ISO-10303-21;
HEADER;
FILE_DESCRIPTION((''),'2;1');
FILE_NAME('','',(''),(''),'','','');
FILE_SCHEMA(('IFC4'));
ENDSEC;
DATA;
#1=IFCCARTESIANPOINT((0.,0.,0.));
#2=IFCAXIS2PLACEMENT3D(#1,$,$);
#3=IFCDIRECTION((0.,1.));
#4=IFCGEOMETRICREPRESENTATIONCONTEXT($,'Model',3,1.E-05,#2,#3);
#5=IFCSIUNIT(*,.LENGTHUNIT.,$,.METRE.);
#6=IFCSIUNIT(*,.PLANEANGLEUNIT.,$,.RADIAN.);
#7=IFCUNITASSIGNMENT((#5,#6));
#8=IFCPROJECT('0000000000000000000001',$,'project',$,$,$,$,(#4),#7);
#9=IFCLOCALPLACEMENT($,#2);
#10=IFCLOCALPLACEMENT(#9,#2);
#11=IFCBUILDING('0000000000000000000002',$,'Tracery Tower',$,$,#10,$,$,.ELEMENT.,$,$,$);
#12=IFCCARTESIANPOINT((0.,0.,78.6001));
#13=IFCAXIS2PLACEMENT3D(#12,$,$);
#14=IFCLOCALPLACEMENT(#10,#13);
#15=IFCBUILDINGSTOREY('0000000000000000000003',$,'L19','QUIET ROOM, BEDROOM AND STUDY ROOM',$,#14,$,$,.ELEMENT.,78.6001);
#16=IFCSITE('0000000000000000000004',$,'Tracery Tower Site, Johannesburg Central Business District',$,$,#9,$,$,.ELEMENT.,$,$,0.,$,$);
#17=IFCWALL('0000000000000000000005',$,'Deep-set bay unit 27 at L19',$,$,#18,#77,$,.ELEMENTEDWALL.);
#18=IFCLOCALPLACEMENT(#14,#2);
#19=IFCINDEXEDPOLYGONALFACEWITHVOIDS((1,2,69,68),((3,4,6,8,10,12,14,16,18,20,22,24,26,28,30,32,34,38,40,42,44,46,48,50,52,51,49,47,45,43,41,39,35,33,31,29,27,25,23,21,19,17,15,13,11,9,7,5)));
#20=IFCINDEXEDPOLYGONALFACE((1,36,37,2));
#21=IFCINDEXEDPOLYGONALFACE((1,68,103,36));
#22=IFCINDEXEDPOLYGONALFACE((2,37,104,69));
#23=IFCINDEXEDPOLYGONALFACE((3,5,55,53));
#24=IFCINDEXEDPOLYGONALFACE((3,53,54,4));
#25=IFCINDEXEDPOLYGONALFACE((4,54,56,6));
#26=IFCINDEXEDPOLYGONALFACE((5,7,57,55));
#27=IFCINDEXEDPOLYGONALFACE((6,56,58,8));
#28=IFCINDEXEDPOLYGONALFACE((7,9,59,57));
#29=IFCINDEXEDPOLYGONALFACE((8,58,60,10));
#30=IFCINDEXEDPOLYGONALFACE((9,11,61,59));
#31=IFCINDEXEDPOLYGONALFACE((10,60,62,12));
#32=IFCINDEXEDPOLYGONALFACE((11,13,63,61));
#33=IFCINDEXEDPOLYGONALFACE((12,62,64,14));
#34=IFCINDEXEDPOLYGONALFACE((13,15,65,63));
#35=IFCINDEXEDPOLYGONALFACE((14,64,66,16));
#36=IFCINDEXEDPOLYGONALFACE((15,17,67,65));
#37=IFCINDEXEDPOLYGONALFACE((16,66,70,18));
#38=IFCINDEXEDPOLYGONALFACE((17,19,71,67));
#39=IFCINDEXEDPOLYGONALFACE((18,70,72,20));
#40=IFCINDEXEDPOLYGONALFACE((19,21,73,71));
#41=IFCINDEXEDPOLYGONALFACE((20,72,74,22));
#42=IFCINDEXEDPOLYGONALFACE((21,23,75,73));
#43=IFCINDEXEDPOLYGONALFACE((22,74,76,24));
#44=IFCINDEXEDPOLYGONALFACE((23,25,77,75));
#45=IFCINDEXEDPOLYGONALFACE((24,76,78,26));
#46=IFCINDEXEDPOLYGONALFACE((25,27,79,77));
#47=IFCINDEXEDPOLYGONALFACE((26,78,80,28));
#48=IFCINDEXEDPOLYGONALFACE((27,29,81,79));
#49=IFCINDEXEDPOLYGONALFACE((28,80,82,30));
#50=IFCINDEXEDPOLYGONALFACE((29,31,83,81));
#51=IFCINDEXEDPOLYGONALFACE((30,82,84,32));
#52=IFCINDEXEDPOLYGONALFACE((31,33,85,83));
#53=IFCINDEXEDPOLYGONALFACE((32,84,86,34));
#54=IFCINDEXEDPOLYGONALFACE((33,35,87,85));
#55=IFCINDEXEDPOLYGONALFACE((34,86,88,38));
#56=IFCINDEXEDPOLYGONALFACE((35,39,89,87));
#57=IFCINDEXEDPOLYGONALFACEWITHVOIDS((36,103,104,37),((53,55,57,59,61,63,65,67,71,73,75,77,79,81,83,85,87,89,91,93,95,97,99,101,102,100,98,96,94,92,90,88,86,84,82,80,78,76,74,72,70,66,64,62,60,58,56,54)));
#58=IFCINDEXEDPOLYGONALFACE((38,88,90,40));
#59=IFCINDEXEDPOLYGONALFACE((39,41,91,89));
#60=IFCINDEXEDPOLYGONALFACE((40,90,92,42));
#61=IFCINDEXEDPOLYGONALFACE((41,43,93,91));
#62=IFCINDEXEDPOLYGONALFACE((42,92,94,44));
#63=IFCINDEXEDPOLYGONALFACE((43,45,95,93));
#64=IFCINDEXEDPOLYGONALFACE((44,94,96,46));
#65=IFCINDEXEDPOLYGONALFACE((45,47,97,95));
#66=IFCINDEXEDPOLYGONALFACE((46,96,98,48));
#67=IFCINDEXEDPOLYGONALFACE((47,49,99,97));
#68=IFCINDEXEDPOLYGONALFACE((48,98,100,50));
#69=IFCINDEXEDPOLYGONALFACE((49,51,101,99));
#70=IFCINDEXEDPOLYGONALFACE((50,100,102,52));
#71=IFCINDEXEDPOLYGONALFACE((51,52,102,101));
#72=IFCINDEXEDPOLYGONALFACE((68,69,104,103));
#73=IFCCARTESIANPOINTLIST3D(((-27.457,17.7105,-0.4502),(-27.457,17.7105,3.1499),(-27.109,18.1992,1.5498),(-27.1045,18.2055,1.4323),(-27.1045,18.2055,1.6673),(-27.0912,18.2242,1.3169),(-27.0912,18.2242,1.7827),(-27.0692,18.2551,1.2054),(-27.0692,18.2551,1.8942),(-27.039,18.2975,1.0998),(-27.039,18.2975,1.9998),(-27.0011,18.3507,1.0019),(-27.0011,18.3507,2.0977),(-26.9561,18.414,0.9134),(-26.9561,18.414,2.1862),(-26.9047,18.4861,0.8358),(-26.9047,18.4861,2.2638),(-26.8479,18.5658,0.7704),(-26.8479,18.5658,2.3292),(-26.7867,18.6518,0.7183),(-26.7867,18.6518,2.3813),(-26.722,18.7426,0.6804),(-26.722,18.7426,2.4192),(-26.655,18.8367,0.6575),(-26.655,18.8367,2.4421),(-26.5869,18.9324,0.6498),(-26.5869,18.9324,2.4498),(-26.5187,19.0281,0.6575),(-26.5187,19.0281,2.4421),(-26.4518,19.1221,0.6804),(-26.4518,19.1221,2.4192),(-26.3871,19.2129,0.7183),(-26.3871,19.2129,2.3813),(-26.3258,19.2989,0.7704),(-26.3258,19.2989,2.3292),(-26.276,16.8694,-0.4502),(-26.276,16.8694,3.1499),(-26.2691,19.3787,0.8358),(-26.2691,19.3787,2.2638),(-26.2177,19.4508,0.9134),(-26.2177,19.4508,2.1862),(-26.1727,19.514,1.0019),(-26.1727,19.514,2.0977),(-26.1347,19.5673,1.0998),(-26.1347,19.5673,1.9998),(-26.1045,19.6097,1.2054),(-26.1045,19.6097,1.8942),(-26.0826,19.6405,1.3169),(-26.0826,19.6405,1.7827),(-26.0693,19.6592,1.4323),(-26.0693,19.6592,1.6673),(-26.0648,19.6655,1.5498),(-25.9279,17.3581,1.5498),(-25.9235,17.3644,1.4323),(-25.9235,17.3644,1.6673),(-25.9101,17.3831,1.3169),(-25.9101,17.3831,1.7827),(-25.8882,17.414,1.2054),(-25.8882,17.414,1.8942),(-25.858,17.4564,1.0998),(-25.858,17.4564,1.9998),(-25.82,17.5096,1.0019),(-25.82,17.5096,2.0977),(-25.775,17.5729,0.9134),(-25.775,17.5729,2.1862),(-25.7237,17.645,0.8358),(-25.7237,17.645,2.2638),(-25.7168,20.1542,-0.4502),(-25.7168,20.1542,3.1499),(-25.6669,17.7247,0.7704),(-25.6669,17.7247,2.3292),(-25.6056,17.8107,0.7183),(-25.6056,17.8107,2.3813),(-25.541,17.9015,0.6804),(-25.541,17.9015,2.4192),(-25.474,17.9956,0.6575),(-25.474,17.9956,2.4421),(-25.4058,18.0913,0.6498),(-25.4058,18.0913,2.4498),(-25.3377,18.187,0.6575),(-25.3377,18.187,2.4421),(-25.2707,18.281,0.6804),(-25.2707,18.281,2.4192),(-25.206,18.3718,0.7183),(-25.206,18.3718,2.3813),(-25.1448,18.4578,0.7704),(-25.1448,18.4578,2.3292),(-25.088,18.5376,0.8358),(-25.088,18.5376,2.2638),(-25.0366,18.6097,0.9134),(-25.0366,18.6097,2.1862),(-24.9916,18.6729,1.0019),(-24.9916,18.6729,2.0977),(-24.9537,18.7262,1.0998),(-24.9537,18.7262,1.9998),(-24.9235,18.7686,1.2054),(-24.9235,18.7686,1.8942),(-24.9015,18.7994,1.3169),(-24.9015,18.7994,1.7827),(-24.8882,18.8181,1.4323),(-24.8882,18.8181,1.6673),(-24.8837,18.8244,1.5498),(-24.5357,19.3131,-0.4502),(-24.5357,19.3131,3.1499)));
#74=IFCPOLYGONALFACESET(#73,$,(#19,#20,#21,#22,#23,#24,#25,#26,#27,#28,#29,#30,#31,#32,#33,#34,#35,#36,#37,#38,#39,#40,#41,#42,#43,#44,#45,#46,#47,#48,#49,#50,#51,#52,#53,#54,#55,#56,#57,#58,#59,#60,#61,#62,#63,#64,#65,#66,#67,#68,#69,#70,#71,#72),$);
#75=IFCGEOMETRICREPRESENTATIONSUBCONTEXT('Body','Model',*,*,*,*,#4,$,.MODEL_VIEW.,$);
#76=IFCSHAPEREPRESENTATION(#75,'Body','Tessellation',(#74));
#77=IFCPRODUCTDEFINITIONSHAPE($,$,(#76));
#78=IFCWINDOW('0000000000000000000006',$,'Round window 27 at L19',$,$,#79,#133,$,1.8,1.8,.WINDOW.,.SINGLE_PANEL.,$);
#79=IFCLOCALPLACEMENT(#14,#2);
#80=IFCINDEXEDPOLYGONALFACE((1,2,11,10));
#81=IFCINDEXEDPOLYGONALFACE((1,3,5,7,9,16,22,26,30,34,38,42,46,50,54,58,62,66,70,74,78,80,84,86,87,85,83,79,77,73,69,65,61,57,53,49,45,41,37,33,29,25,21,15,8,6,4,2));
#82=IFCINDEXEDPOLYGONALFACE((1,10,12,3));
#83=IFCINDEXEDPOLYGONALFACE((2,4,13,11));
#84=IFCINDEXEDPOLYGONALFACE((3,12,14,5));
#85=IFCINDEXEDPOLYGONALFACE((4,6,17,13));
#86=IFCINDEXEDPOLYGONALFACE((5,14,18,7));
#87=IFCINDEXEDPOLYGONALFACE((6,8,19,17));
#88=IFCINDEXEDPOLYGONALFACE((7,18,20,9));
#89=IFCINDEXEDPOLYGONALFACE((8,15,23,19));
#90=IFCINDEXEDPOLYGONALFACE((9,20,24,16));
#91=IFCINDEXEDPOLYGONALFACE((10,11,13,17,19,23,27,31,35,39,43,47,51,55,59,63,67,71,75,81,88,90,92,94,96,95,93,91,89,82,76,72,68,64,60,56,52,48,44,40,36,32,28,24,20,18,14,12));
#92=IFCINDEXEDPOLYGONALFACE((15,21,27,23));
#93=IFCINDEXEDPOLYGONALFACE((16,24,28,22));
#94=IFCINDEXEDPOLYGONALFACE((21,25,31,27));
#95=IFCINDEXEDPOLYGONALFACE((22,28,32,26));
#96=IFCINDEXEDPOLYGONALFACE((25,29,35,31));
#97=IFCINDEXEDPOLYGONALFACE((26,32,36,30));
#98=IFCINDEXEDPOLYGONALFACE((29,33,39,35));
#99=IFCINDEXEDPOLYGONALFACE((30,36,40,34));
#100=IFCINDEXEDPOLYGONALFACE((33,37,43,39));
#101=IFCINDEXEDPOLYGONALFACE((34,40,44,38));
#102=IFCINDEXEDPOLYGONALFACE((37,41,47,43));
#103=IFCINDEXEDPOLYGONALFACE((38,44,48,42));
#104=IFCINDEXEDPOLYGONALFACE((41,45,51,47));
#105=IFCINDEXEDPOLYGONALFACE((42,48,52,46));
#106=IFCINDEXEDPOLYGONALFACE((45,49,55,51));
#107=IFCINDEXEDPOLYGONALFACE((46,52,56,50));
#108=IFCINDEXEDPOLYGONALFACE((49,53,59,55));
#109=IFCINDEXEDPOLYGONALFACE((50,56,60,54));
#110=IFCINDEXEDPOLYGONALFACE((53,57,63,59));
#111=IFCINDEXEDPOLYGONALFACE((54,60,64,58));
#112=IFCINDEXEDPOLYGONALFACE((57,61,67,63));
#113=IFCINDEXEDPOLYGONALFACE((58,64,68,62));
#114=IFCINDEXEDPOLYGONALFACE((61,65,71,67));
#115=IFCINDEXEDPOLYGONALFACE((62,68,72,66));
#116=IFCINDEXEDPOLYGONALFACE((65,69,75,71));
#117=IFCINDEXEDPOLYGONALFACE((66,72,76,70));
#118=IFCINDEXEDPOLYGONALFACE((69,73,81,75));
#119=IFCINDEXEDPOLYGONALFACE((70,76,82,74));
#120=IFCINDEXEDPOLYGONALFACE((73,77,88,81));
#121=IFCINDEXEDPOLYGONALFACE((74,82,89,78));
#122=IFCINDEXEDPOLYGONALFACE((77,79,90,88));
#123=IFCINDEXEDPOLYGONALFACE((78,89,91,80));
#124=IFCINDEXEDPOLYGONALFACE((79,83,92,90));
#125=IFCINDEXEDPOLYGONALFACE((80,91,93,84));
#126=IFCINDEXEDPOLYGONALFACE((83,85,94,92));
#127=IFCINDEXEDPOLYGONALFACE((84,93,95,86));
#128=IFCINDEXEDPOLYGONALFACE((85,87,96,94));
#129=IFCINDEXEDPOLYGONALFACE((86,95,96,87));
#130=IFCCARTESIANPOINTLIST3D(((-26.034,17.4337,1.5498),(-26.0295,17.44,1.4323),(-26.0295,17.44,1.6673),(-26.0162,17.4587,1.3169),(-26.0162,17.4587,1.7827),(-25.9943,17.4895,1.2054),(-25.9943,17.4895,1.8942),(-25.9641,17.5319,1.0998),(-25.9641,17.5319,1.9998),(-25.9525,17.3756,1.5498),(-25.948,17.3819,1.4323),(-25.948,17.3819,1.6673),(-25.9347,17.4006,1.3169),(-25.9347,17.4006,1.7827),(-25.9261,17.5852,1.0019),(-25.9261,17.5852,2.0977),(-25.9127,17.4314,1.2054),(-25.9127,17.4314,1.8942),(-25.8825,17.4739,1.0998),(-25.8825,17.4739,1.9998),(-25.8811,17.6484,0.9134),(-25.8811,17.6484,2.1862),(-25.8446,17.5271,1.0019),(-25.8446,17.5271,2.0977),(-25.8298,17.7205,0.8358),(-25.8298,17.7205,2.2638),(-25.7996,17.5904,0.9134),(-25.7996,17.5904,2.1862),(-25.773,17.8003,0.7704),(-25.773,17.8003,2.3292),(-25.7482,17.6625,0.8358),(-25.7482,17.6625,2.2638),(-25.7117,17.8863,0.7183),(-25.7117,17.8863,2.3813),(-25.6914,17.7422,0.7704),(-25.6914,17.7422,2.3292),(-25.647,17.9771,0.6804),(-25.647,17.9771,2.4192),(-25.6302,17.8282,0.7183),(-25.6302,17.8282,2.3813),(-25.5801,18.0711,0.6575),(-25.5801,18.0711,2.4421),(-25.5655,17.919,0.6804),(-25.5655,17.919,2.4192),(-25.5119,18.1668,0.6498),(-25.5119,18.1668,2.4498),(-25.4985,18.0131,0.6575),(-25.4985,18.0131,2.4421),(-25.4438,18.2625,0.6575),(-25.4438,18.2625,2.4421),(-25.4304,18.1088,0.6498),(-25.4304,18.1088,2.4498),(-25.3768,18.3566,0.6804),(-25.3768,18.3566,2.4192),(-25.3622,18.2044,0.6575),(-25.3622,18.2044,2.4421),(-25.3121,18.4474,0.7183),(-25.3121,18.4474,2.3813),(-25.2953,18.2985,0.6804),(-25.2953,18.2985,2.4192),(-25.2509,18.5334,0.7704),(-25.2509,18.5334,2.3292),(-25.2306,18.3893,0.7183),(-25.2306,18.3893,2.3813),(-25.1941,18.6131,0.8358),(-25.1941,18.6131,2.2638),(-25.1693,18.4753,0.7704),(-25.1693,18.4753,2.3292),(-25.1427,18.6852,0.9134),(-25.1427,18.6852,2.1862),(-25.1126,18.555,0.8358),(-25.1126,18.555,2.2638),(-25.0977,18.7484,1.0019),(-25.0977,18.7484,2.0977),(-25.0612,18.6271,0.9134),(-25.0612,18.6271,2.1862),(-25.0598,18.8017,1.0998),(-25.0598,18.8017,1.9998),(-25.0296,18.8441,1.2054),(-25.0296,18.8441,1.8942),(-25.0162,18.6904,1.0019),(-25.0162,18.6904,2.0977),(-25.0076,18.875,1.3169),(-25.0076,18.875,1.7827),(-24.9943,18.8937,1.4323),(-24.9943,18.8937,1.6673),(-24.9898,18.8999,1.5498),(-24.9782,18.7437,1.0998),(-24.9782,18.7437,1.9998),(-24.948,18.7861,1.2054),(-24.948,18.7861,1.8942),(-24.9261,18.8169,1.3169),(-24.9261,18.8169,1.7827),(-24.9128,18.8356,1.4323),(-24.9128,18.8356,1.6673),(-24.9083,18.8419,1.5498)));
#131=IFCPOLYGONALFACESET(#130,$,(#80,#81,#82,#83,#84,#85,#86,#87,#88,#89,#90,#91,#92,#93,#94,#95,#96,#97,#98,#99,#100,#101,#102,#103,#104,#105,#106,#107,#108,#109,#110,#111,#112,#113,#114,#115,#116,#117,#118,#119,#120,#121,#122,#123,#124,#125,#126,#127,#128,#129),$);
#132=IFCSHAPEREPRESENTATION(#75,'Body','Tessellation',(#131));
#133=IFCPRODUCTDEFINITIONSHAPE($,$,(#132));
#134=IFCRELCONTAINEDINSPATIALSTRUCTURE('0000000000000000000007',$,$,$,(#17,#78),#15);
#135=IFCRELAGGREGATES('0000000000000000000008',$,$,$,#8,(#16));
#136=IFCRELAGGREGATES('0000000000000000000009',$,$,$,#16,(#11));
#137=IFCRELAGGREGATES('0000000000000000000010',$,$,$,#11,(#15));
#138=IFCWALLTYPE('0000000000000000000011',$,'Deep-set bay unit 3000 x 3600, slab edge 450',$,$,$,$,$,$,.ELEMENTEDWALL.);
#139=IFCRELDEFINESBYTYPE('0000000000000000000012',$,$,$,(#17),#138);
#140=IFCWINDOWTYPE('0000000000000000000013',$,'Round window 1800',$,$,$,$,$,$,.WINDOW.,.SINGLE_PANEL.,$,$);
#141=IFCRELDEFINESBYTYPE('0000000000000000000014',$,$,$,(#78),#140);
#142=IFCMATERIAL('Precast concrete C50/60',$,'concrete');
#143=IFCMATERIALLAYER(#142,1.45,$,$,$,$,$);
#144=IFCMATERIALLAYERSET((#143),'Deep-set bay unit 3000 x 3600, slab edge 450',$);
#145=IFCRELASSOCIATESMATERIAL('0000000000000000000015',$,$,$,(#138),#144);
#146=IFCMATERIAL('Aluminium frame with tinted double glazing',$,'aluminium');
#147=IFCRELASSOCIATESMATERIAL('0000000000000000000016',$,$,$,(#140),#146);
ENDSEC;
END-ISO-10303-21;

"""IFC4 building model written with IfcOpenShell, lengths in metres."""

from ifc_helpers import new_model, si_unit, direction, frame, frame_2d, origin, origin_2d, place, context, subcontext, project, spatial, rectangle, circle, extrude, material, layer, layer_set, type_object, element, fill, save


model = new_model("IFC4")

# Units and contexts
model_context = context("Model", 3, precision=1e-05, world=origin(), true_north=direction((0.0, 1.0)))
body_context = subcontext(model_context, "Body", "Model", "MODEL_VIEW")
ifc_project = project(units=[si_unit("LENGTHUNIT", "METRE"), si_unit("PLANEANGLEUNIT", "RADIAN")], contexts=[model_context])

# Site, building, storey
site_placement = place(None, origin())
site = spatial("IfcSite", under=ifc_project, at=site_placement, Name="Tracery Tower Site, Johannesburg Central Business District", CompositionType="ELEMENT", RefElevation=0.0)
building_placement = place(site_placement, origin())
building = spatial("IfcBuilding", under=site, at=building_placement, Name="Tracery Tower", CompositionType="ELEMENT")
storey_placement = place(building_placement, frame((0.0, 0.0, 78.6001)))
storey = spatial("IfcBuildingStorey", under=building, at=storey_placement, Name="L19", Description="QUIET ROOM, BEDROOM AND STUDY ROOM", CompositionType="ELEMENT", Elevation=78.6001)

# Wall, opening, window
ifc_material_1 = material(Name="Precast concrete C50/60", Category="concrete")
ifc_layer_1 = layer(ifc_material_1, 1.45)
ifc_layer_set_1 = layer_set([ifc_layer_1], Name="Deep-set bay unit 3000 x 3600, slab edge 450")
wall_type_1 = type_object("IfcWallType", Name="Deep-set bay unit 3000 x 3600, slab edge 450", PredefinedType="ELEMENTEDWALL", material=ifc_layer_set_1)
ifc_material_2 = material(Name="Aluminium frame with tinted double glazing", Category="aluminium")
window_type = type_object("IfcWindowType", Name="Round window 1800", PartitioningType="SINGLE_PANEL", PredefinedType="WINDOW", material=ifc_material_2)
wall_1_placement = place(storey_placement, frame((-25.1262, 19.7336, -0.4502), z_axis=(0.0, 0.0, 1.0), x_axis=(-0.580091, -0.814552, 0.0)))
wall_1 = element("IfcWall", 1, at=wall_1_placement, inside=storey, type_object=wall_type_1, Name="Deep-set bay unit 27 at L19", PredefinedType="ELEMENTEDWALL", context=body_context, shape_type="SweptSolid", body=[
    extrude(rectangle(XDim=3.0, YDim=1.45, at=frame_2d((1.5, 0.0))), origin(), (0.0, 0.0, 1.0), 3.6001),
])
opening_1_placement = place(wall_1_placement, frame((1.5, 0.0, 2.0)))
opening_1 = element("IfcOpeningElement", 2, at=opening_1_placement, cuts=wall_1, PredefinedType="OPENING", context=body_context, shape_type="SweptSolid", body=[
    extrude(circle(Radius=0.9, at=origin_2d()), frame((0.0, 0.7349, 0.0), z_axis=(0.0, -1.0, 0.0), x_axis=(1.0, 0.0, 0.0)), (0.0, 0.0, 1.0), 1.47),
])
window_1_placement = place(opening_1_placement, origin())
window_1 = element("IfcWindow", 3, at=window_1_placement, inside=storey, type_object=window_type, Name="Round window 27 at L19", OverallHeight=1.8, OverallWidth=1.8, PartitioningType="SINGLE_PANEL", PredefinedType="WINDOW", context=body_context, shape_type="SweptSolid", body=[
    extrude(circle(Radius=0.9, at=origin_2d()), frame((0.0, 0.6948, 0.0), z_axis=(0.0, -1.0, 0.0), x_axis=(1.0, 0.0, 0.0)), (0.0, 0.0, 1.0), 0.1001),
])
fill(opening_1, window_1)

save(model, "model.ifc")
